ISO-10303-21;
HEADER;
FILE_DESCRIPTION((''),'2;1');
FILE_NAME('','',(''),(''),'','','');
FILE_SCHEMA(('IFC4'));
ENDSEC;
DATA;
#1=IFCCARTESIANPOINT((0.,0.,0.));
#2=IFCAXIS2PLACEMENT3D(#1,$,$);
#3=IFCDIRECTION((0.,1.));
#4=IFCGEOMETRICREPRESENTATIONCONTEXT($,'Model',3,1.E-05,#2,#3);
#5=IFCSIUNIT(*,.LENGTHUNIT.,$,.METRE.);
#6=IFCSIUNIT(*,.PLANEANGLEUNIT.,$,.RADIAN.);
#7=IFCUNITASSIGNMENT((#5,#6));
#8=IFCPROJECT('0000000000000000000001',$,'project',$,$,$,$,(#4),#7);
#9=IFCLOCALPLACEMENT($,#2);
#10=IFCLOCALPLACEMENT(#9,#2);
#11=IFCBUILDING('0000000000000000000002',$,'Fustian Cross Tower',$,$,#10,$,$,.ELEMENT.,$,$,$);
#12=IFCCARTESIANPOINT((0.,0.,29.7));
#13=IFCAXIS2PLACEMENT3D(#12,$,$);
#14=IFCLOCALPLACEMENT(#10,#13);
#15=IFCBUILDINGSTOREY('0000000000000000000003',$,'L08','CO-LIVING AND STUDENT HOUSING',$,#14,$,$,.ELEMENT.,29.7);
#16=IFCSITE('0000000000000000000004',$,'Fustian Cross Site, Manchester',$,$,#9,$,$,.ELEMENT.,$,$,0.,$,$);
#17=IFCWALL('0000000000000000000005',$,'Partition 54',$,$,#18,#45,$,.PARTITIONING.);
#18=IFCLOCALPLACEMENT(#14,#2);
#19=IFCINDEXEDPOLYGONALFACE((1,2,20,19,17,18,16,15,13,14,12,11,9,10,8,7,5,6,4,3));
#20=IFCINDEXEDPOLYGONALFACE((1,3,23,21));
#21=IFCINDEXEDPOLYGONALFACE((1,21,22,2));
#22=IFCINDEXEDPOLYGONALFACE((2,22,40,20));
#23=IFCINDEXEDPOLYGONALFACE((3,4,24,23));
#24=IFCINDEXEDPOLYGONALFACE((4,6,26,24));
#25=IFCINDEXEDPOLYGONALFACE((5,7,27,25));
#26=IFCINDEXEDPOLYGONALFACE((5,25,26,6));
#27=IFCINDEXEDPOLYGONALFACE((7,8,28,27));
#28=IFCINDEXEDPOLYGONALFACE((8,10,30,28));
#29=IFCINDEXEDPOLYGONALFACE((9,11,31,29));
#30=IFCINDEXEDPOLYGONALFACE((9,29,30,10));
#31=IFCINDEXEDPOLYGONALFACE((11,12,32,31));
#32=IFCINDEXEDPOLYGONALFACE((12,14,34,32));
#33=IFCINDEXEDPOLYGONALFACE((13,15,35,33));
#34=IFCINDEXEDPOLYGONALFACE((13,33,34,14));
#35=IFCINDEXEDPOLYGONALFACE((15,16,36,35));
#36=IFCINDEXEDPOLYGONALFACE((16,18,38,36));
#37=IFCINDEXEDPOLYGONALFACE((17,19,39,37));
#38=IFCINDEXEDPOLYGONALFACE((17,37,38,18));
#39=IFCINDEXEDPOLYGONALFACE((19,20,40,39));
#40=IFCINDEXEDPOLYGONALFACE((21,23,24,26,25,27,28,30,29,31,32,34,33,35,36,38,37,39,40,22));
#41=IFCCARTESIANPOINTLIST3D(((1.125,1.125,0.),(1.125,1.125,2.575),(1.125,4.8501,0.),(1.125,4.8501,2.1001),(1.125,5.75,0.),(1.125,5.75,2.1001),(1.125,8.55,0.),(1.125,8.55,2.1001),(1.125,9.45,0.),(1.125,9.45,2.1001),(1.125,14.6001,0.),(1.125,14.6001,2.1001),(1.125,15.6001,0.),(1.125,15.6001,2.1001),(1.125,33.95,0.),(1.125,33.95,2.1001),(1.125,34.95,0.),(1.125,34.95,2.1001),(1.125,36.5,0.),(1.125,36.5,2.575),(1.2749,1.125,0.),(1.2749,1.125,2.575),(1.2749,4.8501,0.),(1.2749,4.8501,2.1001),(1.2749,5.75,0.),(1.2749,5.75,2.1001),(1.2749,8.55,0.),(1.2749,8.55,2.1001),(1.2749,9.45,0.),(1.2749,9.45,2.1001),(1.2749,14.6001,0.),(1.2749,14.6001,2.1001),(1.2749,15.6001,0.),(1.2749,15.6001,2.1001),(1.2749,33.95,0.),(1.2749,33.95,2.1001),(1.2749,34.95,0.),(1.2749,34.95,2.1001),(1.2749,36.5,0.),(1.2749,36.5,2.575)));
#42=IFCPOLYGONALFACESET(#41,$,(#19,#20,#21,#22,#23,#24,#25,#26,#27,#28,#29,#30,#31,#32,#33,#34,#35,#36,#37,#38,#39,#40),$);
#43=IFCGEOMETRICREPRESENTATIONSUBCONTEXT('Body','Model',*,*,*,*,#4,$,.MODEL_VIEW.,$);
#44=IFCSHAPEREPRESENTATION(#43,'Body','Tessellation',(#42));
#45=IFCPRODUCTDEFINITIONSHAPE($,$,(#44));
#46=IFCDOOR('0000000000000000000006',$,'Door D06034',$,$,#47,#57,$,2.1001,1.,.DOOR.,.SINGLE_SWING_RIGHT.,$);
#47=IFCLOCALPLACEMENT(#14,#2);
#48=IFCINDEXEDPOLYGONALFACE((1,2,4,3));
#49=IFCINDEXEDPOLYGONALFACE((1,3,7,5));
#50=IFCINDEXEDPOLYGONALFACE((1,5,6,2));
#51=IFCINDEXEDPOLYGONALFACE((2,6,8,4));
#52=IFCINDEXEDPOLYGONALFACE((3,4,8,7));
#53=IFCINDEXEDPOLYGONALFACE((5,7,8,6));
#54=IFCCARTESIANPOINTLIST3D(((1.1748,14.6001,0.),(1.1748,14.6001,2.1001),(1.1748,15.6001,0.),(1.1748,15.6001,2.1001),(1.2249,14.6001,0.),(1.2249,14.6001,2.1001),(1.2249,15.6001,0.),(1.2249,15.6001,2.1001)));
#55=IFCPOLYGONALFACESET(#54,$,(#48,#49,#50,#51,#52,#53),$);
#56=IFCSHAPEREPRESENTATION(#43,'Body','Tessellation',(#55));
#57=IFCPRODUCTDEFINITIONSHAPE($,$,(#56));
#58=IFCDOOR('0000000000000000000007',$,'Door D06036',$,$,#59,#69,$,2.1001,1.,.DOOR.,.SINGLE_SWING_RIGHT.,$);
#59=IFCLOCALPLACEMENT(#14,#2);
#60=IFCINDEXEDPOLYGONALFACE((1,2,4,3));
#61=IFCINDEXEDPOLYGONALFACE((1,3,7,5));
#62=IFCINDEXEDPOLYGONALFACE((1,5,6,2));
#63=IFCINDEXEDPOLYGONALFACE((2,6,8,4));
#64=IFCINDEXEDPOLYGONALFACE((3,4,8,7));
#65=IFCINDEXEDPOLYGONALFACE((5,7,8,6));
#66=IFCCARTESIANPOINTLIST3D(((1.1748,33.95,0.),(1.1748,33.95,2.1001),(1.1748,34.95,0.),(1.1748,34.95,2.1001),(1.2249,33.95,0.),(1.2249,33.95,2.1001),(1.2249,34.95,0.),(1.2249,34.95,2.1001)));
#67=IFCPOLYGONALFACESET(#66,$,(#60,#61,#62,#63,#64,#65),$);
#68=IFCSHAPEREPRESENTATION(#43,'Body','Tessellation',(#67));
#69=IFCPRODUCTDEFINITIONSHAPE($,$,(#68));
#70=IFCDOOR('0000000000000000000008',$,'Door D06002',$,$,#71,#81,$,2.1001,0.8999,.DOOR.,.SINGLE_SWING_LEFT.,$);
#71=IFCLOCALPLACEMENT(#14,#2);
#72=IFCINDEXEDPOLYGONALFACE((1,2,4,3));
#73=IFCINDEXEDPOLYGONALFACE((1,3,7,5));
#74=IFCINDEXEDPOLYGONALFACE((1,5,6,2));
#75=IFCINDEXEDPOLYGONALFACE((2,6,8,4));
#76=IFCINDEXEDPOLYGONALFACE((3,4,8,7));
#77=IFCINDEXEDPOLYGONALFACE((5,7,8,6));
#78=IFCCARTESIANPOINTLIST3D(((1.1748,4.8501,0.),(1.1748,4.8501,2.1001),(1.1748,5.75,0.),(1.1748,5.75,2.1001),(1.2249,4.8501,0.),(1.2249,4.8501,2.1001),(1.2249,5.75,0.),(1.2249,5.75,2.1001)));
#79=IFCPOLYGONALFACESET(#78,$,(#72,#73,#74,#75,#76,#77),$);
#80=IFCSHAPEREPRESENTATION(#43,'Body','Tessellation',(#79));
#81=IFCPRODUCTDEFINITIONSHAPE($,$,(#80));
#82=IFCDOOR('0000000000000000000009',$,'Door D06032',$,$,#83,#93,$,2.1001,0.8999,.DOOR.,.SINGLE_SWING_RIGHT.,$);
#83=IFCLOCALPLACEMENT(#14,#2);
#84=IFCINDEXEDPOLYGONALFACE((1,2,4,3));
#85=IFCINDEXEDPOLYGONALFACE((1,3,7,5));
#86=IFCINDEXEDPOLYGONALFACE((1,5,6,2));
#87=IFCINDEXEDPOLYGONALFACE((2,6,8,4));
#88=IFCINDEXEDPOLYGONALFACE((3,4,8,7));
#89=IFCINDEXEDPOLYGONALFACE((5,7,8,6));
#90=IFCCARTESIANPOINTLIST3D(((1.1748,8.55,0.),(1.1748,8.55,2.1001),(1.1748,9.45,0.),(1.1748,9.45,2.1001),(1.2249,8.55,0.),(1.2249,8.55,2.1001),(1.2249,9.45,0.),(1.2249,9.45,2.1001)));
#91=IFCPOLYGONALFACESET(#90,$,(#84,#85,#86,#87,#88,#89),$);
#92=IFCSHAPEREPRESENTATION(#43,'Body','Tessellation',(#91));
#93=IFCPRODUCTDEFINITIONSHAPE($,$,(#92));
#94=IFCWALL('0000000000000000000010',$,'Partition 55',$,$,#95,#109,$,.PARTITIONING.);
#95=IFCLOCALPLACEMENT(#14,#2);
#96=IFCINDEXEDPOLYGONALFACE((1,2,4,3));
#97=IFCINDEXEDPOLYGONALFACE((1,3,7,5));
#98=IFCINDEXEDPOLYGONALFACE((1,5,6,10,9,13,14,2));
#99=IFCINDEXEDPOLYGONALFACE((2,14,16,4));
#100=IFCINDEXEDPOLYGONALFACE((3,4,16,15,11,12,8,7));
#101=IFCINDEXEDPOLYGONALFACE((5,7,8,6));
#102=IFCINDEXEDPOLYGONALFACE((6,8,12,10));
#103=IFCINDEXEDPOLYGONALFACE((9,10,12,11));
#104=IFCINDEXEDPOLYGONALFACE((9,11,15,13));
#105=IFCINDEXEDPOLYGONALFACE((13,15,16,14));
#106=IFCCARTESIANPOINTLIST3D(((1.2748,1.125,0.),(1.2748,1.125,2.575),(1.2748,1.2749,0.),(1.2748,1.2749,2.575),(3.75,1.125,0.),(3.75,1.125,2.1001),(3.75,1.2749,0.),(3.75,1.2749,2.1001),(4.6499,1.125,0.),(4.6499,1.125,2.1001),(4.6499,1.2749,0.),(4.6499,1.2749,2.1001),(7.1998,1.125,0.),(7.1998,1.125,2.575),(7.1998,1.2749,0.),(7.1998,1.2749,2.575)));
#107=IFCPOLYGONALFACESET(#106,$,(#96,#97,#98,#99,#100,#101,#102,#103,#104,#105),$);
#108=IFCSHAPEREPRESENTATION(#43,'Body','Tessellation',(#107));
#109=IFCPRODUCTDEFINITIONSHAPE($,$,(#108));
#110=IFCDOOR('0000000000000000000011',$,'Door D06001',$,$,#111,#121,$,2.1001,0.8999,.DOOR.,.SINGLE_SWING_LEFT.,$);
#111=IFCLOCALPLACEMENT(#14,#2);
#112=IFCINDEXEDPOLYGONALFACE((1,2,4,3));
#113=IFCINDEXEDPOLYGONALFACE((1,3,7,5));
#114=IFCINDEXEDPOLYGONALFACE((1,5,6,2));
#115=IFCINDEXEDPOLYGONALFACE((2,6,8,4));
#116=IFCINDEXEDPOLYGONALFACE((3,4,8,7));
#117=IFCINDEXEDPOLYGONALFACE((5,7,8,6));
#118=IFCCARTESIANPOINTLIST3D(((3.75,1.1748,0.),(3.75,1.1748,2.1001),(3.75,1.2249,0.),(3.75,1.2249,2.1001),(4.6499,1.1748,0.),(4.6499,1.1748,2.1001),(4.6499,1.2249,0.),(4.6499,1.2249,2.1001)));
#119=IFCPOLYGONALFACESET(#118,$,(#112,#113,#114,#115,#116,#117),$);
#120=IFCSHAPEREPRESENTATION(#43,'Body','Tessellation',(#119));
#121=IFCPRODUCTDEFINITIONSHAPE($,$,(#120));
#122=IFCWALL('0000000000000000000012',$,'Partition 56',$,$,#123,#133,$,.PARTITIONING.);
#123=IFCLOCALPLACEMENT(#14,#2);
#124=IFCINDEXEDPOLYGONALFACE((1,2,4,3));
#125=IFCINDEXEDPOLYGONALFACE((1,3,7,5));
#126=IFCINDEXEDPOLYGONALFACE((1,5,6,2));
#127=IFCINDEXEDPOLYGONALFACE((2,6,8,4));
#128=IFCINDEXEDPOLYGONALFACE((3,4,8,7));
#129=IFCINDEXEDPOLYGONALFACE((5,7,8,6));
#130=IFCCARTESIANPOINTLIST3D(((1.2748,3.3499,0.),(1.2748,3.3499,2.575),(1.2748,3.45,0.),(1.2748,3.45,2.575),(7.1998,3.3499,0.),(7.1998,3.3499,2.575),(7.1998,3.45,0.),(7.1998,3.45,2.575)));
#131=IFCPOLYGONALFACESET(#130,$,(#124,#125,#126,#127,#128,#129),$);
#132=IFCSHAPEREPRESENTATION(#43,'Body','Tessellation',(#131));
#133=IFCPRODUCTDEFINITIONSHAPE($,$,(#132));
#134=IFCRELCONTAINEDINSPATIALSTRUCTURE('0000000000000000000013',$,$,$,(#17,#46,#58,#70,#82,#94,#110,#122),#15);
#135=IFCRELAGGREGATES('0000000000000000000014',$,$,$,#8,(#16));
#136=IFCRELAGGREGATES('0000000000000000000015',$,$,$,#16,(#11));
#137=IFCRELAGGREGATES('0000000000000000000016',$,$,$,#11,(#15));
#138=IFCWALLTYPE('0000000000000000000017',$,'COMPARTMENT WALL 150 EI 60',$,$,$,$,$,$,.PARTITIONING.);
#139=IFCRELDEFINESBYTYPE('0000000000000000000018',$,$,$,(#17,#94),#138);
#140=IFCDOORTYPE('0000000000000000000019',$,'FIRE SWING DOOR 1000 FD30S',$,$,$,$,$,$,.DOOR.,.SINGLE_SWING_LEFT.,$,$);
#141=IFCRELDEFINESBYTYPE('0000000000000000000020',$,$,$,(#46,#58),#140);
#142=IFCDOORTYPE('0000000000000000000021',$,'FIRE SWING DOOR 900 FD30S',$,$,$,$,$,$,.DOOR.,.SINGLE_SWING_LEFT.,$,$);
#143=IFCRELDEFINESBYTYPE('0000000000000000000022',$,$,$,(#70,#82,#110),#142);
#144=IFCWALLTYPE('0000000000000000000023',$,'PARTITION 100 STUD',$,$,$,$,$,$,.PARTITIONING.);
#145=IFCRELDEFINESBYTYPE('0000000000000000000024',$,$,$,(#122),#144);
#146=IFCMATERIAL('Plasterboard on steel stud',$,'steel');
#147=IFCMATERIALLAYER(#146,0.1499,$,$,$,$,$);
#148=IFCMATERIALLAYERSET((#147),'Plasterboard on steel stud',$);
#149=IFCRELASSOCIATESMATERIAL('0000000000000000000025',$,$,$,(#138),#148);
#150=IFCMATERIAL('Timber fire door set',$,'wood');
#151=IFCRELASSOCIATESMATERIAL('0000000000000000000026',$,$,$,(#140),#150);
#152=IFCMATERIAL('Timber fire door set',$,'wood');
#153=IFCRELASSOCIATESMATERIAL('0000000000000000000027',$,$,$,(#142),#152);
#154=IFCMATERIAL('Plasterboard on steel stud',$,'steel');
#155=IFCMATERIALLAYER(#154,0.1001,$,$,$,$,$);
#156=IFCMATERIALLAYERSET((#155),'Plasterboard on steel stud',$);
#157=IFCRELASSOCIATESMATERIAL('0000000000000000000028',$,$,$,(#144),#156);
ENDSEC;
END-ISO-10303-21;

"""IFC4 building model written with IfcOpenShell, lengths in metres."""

from ifc_helpers import new_model, si_unit, direction, frame, frame_2d, origin, place, context, subcontext, project, spatial, rectangle, extrude, material, layer, layer_set, type_object, element, fill, save


model = new_model("IFC4")

# Units and contexts
model_context = context("Model", 3, precision=1e-05, world=origin(), true_north=direction((0.0, 1.0)))
body_context = subcontext(model_context, "Body", "Model", "MODEL_VIEW")
ifc_project = project(units=[si_unit("LENGTHUNIT", "METRE"), si_unit("PLANEANGLEUNIT", "RADIAN")], contexts=[model_context])

# Site, building, storey
site_placement = place(None, origin())
site = spatial("IfcSite", under=ifc_project, at=site_placement, Name="Fustian Cross Site, Manchester", CompositionType="ELEMENT", RefElevation=0.0)
building_placement = place(site_placement, origin())
building = spatial("IfcBuilding", under=site, at=building_placement, Name="Fustian Cross Tower", CompositionType="ELEMENT")
storey_placement = place(building_placement, frame((0.0, 0.0, 29.7)))
storey = spatial("IfcBuildingStorey", under=building, at=storey_placement, Name="L08", Description="CO-LIVING AND STUDENT HOUSING", CompositionType="ELEMENT", Elevation=29.7)

# Wall, openings, doors
ifc_material_1 = material(Name="Plasterboard on steel stud", Category="steel")
ifc_layer_1 = layer(ifc_material_1, 0.1499)
ifc_layer_set_1 = layer_set([ifc_layer_1], Name="Plasterboard on steel stud")
wall_type_1 = type_object("IfcWallType", Name="COMPARTMENT WALL 150 EI 60", PredefinedType="PARTITIONING", material=ifc_layer_set_1)
wall_1_placement = place(storey_placement, frame((1.2, 1.125, 0.0), z_axis=(0.0, 0.0, 1.0), x_axis=(0.0, 1.0, 0.0)))
wall_1 = element("IfcWall", 1, at=wall_1_placement, inside=storey, type_object=wall_type_1, Name="Partition 54", PredefinedType="PARTITIONING", context=body_context, shape_type="SweptSolid", body=[
    extrude(rectangle(XDim=35.375, YDim=0.1499, at=frame_2d((17.6875, 0.0))), origin(), (0.0, 0.0, 1.0), 2.575),
])
opening_1_placement = place(wall_1_placement, frame((3.7251, 0.0, 0.0)))
opening_1 = element("IfcOpeningElement", 2, at=opening_1_placement, cuts=wall_1, PredefinedType="OPENING", context=body_context, shape_type="SweptSolid", body=[
    extrude(rectangle(XDim=0.8999, YDim=2.1001, at=frame_2d((0.45, 1.05))), frame((0.0, 0.085, 0.0), z_axis=(0.0, -1.0, 0.0), x_axis=(1.0, 0.0, 0.0)), (0.0, 0.0, 1.0), 0.1699),
])
opening_2_placement = place(wall_1_placement, frame((7.425, 0.0, 0.0)))
opening_2 = element("IfcOpeningElement", 3, at=opening_2_placement, cuts=wall_1, PredefinedType="OPENING", context=body_context, shape_type="SweptSolid", body=[
    extrude(rectangle(XDim=0.8999, YDim=2.1001, at=frame_2d((0.45, 1.05))), frame((0.0, 0.085, 0.0), z_axis=(0.0, -1.0, 0.0), x_axis=(1.0, 0.0, 0.0)), (0.0, 0.0, 1.0), 0.1699),
])
opening_3_placement = place(wall_1_placement, frame((13.4751, 0.0, 0.0)))
opening_3 = element("IfcOpeningElement", 4, at=opening_3_placement, cuts=wall_1, PredefinedType="OPENING", context=body_context, shape_type="SweptSolid", body=[
    extrude(rectangle(XDim=1.0, YDim=2.1001, at=frame_2d((0.5, 1.05))), frame((0.0, 0.085, 0.0), z_axis=(0.0, -1.0, 0.0), x_axis=(1.0, 0.0, 0.0)), (0.0, 0.0, 1.0), 0.1699),
])
opening_4_placement = place(wall_1_placement, frame((32.825, 0.0, 0.0)))
opening_4 = element("IfcOpeningElement", 5, at=opening_4_placement, cuts=wall_1, PredefinedType="OPENING", context=body_context, shape_type="SweptSolid", body=[
    extrude(rectangle(XDim=1.0, YDim=2.1001, at=frame_2d((0.5, 1.05))), frame((0.0, 0.085, 0.0), z_axis=(0.0, -1.0, 0.0), x_axis=(1.0, 0.0, 0.0)), (0.0, 0.0, 1.0), 0.1699),
])
ifc_material_2 = material(Name="Timber fire door set", Category="wood")
door_type_1 = type_object("IfcDoorType", Name="FIRE SWING DOOR 1000 FD30S", OperationType="SINGLE_SWING_LEFT", PredefinedType="DOOR", material=ifc_material_2)
door_1_placement = place(opening_3_placement, frame((1.0, 0.0, 0.0), z_axis=(0.0, 0.0, 1.0), x_axis=(-1.0, 0.0, 0.0)))
door_1 = element("IfcDoor", 6, at=door_1_placement, inside=storey, type_object=door_type_1, Name="Door D06034", OperationType="SINGLE_SWING_RIGHT", OverallHeight=2.1001, OverallWidth=1.0, PredefinedType="DOOR", context=body_context, shape_type="SweptSolid", body=[
    extrude(rectangle(XDim=1.0, YDim=2.1001, at=frame_2d((0.5, 1.05))), frame((0.0, 0.0249, 0.0), z_axis=(0.0, -1.0, 0.0), x_axis=(1.0, 0.0, 0.0)), (0.0, 0.0, 1.0), 0.05),
])
fill(opening_3, door_1)
door_2_placement = place(opening_4_placement, frame((1.0, 0.0, 0.0), z_axis=(0.0, 0.0, 1.0), x_axis=(-1.0, 0.0, 0.0)))
door_2 = element("IfcDoor", 7, at=door_2_placement, inside=storey, type_object=door_type_1, Name="Door D06036", OperationType="SINGLE_SWING_RIGHT", OverallHeight=2.1001, OverallWidth=1.0, PredefinedType="DOOR", context=body_context, shape_type="SweptSolid", body=[
    extrude(rectangle(XDim=1.0, YDim=2.1001, at=frame_2d((0.5, 1.05))), frame((0.0, 0.0249, 0.0), z_axis=(0.0, -1.0, 0.0), x_axis=(1.0, 0.0, 0.0)), (0.0, 0.0, 1.0), 0.05),
])
fill(opening_4, door_2)
ifc_material_3 = material(Name="Timber fire door set", Category="wood")
door_type_2 = type_object("IfcDoorType", Name="FIRE SWING DOOR 900 FD30S", OperationType="SINGLE_SWING_LEFT", PredefinedType="DOOR", material=ifc_material_3)
door_3_placement = place(opening_1_placement, frame((0.8999, 0.0, 0.0), z_axis=(0.0, 0.0, 1.0), x_axis=(-1.0, 0.0, 0.0)))
door_3 = element("IfcDoor", 8, at=door_3_placement, inside=storey, type_object=door_type_2, Name="Door D06002", OperationType="SINGLE_SWING_LEFT", OverallHeight=2.1001, OverallWidth=0.8999, PredefinedType="DOOR", context=body_context, shape_type="SweptSolid", body=[
    extrude(rectangle(XDim=0.8999, YDim=2.1001, at=frame_2d((0.45, 1.05))), frame((0.0, 0.0249, 0.0), z_axis=(0.0, -1.0, 0.0), x_axis=(1.0, 0.0, 0.0)), (0.0, 0.0, 1.0), 0.05),
])
fill(opening_1, door_3)
door_4_placement = place(opening_2_placement, frame((0.8999, 0.0, 0.0), z_axis=(0.0, 0.0, 1.0), x_axis=(-1.0, 0.0, 0.0)))
door_4 = element("IfcDoor", 9, at=door_4_placement, inside=storey, type_object=door_type_2, Name="Door D06032", OperationType="SINGLE_SWING_RIGHT", OverallHeight=2.1001, OverallWidth=0.8999, PredefinedType="DOOR", context=body_context, shape_type="SweptSolid", body=[
    extrude(rectangle(XDim=0.8999, YDim=2.1001, at=frame_2d((0.45, 1.05))), frame((0.0, 0.0249, 0.0), z_axis=(0.0, -1.0, 0.0), x_axis=(1.0, 0.0, 0.0)), (0.0, 0.0, 1.0), 0.05),
])
fill(opening_2, door_4)

# Wall, opening, door
wall_2_placement = place(storey_placement, frame((1.2749, 1.2, 0.0), z_axis=(0.0, 0.0, 1.0), x_axis=(1.0, 0.0, 0.0)))
wall_2 = element("IfcWall", 10, at=wall_2_placement, inside=storey, type_object=wall_type_1, Name="Partition 55", PredefinedType="PARTITIONING", context=body_context, shape_type="SweptSolid", body=[
    extrude(rectangle(XDim=5.925, YDim=0.1499, at=frame_2d((2.9624, 0.0))), origin(), (0.0, 0.0, 1.0), 2.575),
])
opening_5_placement = place(wall_2_placement, frame((2.4751, 0.0, 0.0)))
opening_5 = element("IfcOpeningElement", 11, at=opening_5_placement, cuts=wall_2, PredefinedType="OPENING", context=body_context, shape_type="SweptSolid", body=[
    extrude(rectangle(XDim=0.8999, YDim=2.1001, at=frame_2d((0.45, 1.05))), frame((0.0, 0.085, 0.0), z_axis=(0.0, -1.0, 0.0), x_axis=(1.0, 0.0, 0.0)), (0.0, 0.0, 1.0), 0.1699),
])
door_5_placement = place(opening_5_placement, origin())
door_5 = element("IfcDoor", 12, at=door_5_placement, inside=storey, type_object=door_type_2, Name="Door D06001", OperationType="SINGLE_SWING_LEFT", OverallHeight=2.1001, OverallWidth=0.8999, PredefinedType="DOOR", context=body_context, shape_type="SweptSolid", body=[
    extrude(rectangle(XDim=0.8999, YDim=2.1001, at=frame_2d((0.45, 1.05))), frame((0.0, 0.0249, 0.0), z_axis=(0.0, -1.0, 0.0), x_axis=(1.0, 0.0, 0.0)), (0.0, 0.0, 1.0), 0.05),
])
fill(opening_5, door_5)

# Wall
ifc_material_4 = material(Name="Plasterboard on steel stud", Category="steel")
ifc_layer_2 = layer(ifc_material_4, 0.1001)
ifc_layer_set_2 = layer_set([ifc_layer_2], Name="Plasterboard on steel stud")
wall_type_2 = type_object("IfcWallType", Name="PARTITION 100 STUD", PredefinedType="PARTITIONING", material=ifc_layer_set_2)
wall_3_placement = place(storey_placement, frame((1.2749, 3.3999, 0.0), z_axis=(0.0, 0.0, 1.0), x_axis=(1.0, 0.0, 0.0)))
element("IfcWall", 13, at=wall_3_placement, inside=storey, type_object=wall_type_2, Name="Partition 56", PredefinedType="PARTITIONING", context=body_context, shape_type="SweptSolid", body=[
    extrude(rectangle(XDim=5.925, YDim=0.1001, at=frame_2d((2.9624, 0.0))), origin(), (0.0, 0.0, 1.0), 2.575),
])

save(model, "model.ifc")
